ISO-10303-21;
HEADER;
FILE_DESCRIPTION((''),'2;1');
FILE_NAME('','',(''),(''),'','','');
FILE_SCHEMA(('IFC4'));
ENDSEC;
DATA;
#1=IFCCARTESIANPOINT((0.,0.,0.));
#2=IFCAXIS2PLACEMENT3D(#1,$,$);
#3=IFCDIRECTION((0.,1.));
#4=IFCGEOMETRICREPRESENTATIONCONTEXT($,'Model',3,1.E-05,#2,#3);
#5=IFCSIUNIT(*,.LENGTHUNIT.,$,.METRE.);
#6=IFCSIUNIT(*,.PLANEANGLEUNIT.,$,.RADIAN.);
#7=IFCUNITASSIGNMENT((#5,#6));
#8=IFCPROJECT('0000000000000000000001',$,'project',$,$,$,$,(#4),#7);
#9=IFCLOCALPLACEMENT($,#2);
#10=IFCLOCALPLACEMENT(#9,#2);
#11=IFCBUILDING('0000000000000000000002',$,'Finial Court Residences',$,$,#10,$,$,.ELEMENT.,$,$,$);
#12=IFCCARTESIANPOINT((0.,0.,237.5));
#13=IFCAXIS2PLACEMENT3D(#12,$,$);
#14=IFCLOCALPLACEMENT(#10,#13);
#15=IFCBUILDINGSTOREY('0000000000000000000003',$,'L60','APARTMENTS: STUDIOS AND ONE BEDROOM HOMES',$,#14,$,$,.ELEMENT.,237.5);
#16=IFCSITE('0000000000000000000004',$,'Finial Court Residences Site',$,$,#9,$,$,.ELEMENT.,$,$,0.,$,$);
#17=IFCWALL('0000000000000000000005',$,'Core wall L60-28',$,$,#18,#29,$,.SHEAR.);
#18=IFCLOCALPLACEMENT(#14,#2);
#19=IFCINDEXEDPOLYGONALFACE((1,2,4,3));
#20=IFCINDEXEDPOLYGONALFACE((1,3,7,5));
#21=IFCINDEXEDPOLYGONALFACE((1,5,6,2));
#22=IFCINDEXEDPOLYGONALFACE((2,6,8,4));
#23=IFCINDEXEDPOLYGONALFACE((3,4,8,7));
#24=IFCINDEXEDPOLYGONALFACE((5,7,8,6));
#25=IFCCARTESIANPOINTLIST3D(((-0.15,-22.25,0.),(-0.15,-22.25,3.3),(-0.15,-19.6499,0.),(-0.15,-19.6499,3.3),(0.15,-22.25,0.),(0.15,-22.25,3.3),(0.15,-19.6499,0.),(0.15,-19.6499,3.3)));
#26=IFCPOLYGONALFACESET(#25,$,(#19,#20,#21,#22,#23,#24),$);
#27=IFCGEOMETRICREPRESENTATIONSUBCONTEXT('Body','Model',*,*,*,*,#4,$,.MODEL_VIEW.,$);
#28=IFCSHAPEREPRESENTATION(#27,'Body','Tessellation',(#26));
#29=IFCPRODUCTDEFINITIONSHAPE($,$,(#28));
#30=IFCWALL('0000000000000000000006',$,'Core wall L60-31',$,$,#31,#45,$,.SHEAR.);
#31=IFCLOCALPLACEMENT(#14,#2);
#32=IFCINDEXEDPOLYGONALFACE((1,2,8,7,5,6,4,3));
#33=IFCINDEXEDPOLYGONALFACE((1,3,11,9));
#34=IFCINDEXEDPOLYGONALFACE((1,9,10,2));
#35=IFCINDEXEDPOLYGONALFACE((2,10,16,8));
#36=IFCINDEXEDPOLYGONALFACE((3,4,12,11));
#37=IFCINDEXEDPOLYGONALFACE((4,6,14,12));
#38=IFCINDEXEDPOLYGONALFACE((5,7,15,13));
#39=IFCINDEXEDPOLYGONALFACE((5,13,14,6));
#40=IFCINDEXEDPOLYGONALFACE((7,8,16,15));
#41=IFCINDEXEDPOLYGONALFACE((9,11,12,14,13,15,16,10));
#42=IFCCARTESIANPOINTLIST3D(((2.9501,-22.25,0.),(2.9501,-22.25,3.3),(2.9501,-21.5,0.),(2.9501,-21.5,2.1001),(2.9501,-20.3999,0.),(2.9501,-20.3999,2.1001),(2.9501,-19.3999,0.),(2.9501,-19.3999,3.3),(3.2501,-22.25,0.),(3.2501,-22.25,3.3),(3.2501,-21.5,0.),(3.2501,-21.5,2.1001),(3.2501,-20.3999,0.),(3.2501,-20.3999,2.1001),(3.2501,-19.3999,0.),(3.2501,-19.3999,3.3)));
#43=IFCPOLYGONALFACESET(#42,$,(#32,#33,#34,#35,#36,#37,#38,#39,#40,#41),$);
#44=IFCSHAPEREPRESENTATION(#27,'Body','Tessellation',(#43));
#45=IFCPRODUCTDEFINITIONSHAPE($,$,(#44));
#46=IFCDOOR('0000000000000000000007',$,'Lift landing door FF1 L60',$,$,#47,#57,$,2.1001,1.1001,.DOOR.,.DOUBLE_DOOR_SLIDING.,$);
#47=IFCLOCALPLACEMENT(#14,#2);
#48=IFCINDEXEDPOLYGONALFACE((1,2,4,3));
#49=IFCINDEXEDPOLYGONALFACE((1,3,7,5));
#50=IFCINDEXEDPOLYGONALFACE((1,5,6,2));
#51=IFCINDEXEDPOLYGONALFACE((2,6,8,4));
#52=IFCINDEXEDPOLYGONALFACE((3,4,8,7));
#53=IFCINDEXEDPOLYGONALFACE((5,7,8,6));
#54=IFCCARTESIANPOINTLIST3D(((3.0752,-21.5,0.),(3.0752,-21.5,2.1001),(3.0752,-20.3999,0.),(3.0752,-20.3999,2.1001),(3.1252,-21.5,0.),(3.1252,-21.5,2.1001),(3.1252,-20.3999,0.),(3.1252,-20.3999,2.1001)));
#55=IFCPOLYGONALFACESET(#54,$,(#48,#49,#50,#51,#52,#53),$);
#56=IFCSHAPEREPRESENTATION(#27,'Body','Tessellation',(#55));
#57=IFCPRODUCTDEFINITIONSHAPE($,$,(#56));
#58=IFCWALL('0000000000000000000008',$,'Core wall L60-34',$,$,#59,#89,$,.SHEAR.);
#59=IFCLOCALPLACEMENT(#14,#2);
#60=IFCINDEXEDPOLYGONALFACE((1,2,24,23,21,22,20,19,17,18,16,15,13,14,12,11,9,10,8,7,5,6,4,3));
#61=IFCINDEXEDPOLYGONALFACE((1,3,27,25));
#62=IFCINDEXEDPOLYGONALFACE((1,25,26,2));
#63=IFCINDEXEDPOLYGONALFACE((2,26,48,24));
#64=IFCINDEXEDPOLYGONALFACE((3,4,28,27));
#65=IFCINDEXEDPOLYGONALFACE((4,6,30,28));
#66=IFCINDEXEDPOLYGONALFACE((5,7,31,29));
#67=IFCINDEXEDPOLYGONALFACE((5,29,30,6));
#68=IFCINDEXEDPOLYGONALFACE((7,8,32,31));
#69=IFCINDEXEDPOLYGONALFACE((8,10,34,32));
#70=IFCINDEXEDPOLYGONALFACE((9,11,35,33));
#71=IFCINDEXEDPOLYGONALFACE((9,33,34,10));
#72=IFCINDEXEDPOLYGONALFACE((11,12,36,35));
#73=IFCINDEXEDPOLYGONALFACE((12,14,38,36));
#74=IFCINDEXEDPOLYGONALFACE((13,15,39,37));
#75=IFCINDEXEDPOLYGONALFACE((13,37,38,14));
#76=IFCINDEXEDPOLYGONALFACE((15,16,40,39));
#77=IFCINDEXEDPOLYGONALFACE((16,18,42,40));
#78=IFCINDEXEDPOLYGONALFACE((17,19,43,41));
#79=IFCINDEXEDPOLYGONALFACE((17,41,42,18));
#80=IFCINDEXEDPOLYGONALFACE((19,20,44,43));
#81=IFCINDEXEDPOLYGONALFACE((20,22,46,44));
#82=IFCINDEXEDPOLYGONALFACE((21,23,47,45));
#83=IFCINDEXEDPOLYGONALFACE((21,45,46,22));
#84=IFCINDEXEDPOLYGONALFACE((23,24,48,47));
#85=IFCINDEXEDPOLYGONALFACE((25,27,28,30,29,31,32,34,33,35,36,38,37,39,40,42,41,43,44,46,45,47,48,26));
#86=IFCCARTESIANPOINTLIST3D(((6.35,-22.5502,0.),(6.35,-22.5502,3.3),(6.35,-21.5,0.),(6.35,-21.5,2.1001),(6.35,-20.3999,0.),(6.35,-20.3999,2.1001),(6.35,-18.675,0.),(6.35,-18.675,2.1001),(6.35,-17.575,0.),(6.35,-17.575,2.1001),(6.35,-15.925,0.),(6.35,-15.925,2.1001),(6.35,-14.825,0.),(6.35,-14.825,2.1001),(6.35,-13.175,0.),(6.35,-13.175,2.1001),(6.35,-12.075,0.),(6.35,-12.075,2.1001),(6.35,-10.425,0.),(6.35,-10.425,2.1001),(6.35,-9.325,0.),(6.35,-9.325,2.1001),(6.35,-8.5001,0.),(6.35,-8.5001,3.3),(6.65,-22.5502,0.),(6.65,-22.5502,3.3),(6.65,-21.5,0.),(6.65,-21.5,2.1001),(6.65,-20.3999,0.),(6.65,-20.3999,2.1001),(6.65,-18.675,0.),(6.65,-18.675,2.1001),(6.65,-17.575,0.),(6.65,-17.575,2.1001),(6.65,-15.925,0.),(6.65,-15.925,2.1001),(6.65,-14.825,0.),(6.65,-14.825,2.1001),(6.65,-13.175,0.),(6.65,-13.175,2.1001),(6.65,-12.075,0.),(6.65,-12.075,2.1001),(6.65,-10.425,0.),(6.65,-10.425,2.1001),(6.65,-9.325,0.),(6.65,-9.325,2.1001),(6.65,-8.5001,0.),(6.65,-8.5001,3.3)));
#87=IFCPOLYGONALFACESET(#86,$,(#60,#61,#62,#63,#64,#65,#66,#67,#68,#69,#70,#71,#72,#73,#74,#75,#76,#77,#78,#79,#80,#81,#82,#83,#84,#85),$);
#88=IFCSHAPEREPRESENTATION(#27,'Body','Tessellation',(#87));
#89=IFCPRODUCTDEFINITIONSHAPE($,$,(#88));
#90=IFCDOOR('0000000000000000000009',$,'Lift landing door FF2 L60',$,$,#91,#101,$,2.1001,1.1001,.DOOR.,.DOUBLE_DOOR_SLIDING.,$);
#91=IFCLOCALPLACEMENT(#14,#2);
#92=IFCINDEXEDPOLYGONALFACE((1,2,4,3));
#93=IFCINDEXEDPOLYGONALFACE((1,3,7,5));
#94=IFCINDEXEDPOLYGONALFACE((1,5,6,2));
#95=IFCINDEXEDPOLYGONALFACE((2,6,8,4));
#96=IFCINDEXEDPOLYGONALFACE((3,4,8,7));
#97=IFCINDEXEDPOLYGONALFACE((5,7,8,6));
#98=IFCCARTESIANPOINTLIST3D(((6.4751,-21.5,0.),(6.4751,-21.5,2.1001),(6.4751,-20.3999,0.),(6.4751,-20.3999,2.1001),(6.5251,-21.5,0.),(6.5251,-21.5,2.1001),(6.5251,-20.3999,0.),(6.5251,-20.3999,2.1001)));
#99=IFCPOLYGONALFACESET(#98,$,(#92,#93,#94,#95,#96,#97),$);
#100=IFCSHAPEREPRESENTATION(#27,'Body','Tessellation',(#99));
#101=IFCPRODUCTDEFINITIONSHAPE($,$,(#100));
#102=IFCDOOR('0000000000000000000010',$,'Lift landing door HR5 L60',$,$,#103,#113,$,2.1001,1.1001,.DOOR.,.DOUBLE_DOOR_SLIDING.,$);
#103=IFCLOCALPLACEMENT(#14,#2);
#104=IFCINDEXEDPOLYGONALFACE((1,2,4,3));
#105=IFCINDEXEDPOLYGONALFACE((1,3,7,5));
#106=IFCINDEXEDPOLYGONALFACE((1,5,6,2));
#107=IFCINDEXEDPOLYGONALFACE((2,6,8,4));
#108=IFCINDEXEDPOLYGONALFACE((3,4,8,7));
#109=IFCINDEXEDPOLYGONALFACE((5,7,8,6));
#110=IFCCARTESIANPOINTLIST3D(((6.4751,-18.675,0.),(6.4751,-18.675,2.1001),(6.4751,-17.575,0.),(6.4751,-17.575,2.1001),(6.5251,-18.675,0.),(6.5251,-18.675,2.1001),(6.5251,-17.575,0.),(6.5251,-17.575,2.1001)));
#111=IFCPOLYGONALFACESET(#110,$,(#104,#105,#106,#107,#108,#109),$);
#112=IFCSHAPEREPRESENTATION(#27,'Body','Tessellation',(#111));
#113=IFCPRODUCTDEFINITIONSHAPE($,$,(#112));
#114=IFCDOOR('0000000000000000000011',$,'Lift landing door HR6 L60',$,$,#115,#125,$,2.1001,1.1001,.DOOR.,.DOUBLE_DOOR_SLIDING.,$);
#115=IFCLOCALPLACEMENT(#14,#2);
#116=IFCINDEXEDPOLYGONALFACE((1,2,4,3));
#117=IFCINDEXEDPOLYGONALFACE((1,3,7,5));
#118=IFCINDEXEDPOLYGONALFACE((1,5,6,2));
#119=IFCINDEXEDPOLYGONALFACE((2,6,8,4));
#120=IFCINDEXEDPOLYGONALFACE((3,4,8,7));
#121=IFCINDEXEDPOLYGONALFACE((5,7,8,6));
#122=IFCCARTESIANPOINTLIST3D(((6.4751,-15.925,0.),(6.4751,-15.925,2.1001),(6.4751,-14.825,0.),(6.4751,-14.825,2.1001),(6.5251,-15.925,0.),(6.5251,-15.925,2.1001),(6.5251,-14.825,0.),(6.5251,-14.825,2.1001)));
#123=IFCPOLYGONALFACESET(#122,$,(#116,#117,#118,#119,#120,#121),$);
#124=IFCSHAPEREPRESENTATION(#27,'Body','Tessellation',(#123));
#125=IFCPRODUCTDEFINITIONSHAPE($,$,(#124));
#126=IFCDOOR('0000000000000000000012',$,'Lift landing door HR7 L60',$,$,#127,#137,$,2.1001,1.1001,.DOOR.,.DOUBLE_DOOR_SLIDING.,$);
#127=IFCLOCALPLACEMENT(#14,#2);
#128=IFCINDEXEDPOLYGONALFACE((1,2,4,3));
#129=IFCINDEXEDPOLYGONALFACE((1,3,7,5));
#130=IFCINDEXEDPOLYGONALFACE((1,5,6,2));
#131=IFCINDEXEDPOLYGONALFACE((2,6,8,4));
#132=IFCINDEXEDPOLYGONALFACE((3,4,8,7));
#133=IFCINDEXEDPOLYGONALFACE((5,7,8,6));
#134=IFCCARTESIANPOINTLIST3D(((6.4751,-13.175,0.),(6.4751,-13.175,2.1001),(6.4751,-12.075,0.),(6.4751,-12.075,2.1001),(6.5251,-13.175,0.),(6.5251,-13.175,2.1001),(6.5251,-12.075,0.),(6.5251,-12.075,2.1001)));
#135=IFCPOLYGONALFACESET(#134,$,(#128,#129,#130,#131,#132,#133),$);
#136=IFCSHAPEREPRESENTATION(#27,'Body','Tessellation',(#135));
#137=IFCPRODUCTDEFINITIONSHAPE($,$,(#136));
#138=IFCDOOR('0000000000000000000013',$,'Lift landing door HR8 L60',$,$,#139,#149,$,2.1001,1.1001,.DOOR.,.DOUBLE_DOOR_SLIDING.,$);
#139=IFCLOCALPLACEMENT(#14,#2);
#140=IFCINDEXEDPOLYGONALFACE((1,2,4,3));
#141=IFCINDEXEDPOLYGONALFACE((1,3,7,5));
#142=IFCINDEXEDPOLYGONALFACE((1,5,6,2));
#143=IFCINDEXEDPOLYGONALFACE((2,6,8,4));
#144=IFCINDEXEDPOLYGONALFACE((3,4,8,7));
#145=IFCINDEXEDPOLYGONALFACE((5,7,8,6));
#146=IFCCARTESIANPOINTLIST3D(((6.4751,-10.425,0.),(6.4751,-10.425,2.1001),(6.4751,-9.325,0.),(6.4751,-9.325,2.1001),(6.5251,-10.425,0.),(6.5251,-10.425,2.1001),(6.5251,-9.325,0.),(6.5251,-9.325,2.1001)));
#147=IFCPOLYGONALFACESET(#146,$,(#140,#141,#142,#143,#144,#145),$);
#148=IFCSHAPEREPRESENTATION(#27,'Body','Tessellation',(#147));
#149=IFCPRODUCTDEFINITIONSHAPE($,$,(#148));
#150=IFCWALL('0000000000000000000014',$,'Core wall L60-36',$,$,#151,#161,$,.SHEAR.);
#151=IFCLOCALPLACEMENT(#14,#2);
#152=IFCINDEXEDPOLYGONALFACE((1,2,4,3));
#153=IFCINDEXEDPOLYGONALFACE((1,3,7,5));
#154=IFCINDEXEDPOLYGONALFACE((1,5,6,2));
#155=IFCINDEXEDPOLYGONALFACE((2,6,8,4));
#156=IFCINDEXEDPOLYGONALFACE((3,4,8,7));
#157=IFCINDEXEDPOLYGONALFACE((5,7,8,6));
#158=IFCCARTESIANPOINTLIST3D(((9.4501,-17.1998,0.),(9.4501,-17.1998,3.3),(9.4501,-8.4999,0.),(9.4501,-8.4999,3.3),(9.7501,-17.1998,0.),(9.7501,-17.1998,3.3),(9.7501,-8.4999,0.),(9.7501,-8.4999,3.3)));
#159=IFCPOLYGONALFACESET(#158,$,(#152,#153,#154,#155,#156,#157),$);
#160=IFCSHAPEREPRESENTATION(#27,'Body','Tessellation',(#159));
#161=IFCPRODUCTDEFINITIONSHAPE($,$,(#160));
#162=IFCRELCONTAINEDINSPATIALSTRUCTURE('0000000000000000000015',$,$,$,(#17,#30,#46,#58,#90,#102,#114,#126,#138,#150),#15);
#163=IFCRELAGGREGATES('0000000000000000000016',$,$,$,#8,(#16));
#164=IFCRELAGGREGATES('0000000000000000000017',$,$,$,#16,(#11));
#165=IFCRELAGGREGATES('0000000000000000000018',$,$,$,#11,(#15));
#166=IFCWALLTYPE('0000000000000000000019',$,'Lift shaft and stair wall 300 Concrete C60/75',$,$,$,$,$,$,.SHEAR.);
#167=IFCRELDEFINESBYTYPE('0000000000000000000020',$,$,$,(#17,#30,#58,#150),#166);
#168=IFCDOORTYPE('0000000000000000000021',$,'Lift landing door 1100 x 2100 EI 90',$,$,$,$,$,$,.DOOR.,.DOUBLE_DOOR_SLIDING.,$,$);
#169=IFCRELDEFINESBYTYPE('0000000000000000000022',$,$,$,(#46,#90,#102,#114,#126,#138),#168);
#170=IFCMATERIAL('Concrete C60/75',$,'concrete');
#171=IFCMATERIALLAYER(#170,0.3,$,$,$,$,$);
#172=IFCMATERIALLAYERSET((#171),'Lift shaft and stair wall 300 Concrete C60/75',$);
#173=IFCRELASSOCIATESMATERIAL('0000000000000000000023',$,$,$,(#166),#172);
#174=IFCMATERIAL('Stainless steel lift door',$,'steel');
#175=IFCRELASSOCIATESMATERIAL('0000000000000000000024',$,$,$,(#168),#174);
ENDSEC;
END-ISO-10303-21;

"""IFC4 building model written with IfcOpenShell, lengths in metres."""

from ifc_helpers import new_model, si_unit, direction, frame, frame_2d, origin, place, context, subcontext, project, spatial, rectangle, extrude, material, layer, layer_set, type_object, element, fill, save


model = new_model("IFC4")

# Units and contexts
model_context = context("Model", 3, precision=1e-05, world=origin(), true_north=direction((0.0, 1.0)))
body_context = subcontext(model_context, "Body", "Model", "MODEL_VIEW")
ifc_project = project(units=[si_unit("LENGTHUNIT", "METRE"), si_unit("PLANEANGLEUNIT", "RADIAN")], contexts=[model_context])

# Site, building, storey
site_placement = place(None, origin())
site = spatial("IfcSite", under=ifc_project, at=site_placement, Name="Finial Court Residences Site", CompositionType="ELEMENT", RefElevation=0.0)
building_placement = place(site_placement, origin())
building = spatial("IfcBuilding", under=site, at=building_placement, Name="Finial Court Residences", CompositionType="ELEMENT")
storey_placement = place(building_placement, frame((0.0, 0.0, 237.5)))
storey = spatial("IfcBuildingStorey", under=building, at=storey_placement, Name="L60", Description="APARTMENTS: STUDIOS AND ONE BEDROOM HOMES", CompositionType="ELEMENT", Elevation=237.5)

# Wall
ifc_material_1 = material(Name="Concrete C60/75", Category="concrete")
ifc_layer_1 = layer(ifc_material_1, 0.3)
ifc_layer_set_1 = layer_set([ifc_layer_1], Name="Lift shaft and stair wall 300 Concrete C60/75")
wall_type_1 = type_object("IfcWallType", Name="Lift shaft and stair wall 300 Concrete C60/75", PredefinedType="SHEAR", material=ifc_layer_set_1)
wall_1_placement = place(storey_placement, frame((0.0, -22.25, 0.0), z_axis=(0.0, 0.0, 1.0), x_axis=(0.0, 1.0, 0.0)))
element("IfcWall", 1, at=wall_1_placement, inside=storey, type_object=wall_type_1, Name="Core wall L60-28", PredefinedType="SHEAR", context=body_context, shape_type="SweptSolid", body=[
    extrude(rectangle(XDim=2.6001, YDim=0.3, at=frame_2d((1.3, 0.0))), origin(), (0.0, 0.0, 1.0), 3.3),
])

# Wall, opening, door
wall_2_placement = place(storey_placement, frame((3.1001, -22.25, 0.0), z_axis=(0.0, 0.0, 1.0), x_axis=(0.0, 1.0, 0.0)))
wall_2 = element("IfcWall", 2, at=wall_2_placement, inside=storey, type_object=wall_type_1, Name="Core wall L60-31", PredefinedType="SHEAR", context=body_context, shape_type="SweptSolid", body=[
    extrude(rectangle(XDim=2.8501, YDim=0.3, at=frame_2d((1.425, 0.0))), origin(), (0.0, 0.0, 1.0), 3.3),
])
opening_1_placement = place(wall_2_placement, frame((0.75, 0.0, 0.0)))
opening_1 = element("IfcOpeningElement", 3, at=opening_1_placement, cuts=wall_2, PredefinedType="OPENING", context=body_context, shape_type="SweptSolid", body=[
    extrude(rectangle(XDim=1.1001, YDim=2.1001, at=frame_2d((0.55, 1.05))), frame((0.0, 0.1599, 0.0), z_axis=(0.0, -1.0, 0.0), x_axis=(1.0, 0.0, 0.0)), (0.0, 0.0, 1.0), 0.3201),
])
ifc_material_2 = material(Name="Stainless steel lift door", Category="steel")
door_type_1 = type_object("IfcDoorType", Name="Lift landing door 1100 x 2100 EI 90", OperationType="DOUBLE_DOOR_SLIDING", PredefinedType="DOOR", material=ifc_material_2)
door_1_placement = place(opening_1_placement, origin())
door_1 = element("IfcDoor", 4, at=door_1_placement, inside=storey, type_object=door_type_1, Name="Lift landing door FF1 L60", OperationType="DOUBLE_DOOR_SLIDING", OverallHeight=2.1001, OverallWidth=1.1001, PredefinedType="DOOR", context=body_context, shape_type="SweptSolid", body=[
    extrude(rectangle(XDim=1.1001, YDim=2.1001, at=frame_2d((0.55, 1.05))), frame((0.0, 0.0249, 0.0), z_axis=(0.0, -1.0, 0.0), x_axis=(1.0, 0.0, 0.0)), (0.0, 0.0, 1.0), 0.05),
])
fill(opening_1, door_1)

# Wall, openings, doors
wall_3_placement = place(storey_placement, frame((6.5, -22.55, 0.0), z_axis=(0.0, 0.0, 1.0), x_axis=(0.0, 1.0, 0.0)))
wall_3 = element("IfcWall", 5, at=wall_3_placement, inside=storey, type_object=wall_type_1, Name="Core wall L60-34", PredefinedType="SHEAR", context=body_context, shape_type="SweptSolid", body=[
    extrude(rectangle(XDim=14.05, YDim=0.3, at=frame_2d((7.0249, 0.0))), origin(), (0.0, 0.0, 1.0), 3.3),
])
opening_2_placement = place(wall_3_placement, frame((1.05, 0.0, 0.0)))
opening_2 = element("IfcOpeningElement", 6, at=opening_2_placement, cuts=wall_3, PredefinedType="OPENING", context=body_context, shape_type="SweptSolid", body=[
    extrude(rectangle(XDim=1.1001, YDim=2.1001, at=frame_2d((0.55, 1.05))), frame((0.0, 0.1599, 0.0), z_axis=(0.0, -1.0, 0.0), x_axis=(1.0, 0.0, 0.0)), (0.0, 0.0, 1.0), 0.3201),
])
opening_3_placement = place(wall_3_placement, frame((3.875, 0.0, 0.0)))
opening_3 = element("IfcOpeningElement", 7, at=opening_3_placement, cuts=wall_3, PredefinedType="OPENING", context=body_context, shape_type="SweptSolid", body=[
    extrude(rectangle(XDim=1.1001, YDim=2.1001, at=frame_2d((0.55, 1.05))), frame((0.0, 0.1599, 0.0), z_axis=(0.0, -1.0, 0.0), x_axis=(1.0, 0.0, 0.0)), (0.0, 0.0, 1.0), 0.3201),
])
opening_4_placement = place(wall_3_placement, frame((6.625, 0.0, 0.0)))
opening_4 = element("IfcOpeningElement", 8, at=opening_4_placement, cuts=wall_3, PredefinedType="OPENING", context=body_context, shape_type="SweptSolid", body=[
    extrude(rectangle(XDim=1.1001, YDim=2.1001, at=frame_2d((0.55, 1.05))), frame((0.0, 0.1599, 0.0), z_axis=(0.0, -1.0, 0.0), x_axis=(1.0, 0.0, 0.0)), (0.0, 0.0, 1.0), 0.3201),
])
opening_5_placement = place(wall_3_placement, frame((9.375, 0.0, 0.0)))
opening_5 = element("IfcOpeningElement", 9, at=opening_5_placement, cuts=wall_3, PredefinedType="OPENING", context=body_context, shape_type="SweptSolid", body=[
    extrude(rectangle(XDim=1.1001, YDim=2.1001, at=frame_2d((0.55, 1.05))), frame((0.0, 0.1599, 0.0), z_axis=(0.0, -1.0, 0.0), x_axis=(1.0, 0.0, 0.0)), (0.0, 0.0, 1.0), 0.3201),
])
opening_6_placement = place(wall_3_placement, frame((12.125, 0.0, 0.0)))
opening_6 = element("IfcOpeningElement", 10, at=opening_6_placement, cuts=wall_3, PredefinedType="OPENING", context=body_context, shape_type="SweptSolid", body=[
    extrude(rectangle(XDim=1.1001, YDim=2.1001, at=frame_2d((0.55, 1.05))), frame((0.0, 0.1599, 0.0), z_axis=(0.0, -1.0, 0.0), x_axis=(1.0, 0.0, 0.0)), (0.0, 0.0, 1.0), 0.3201),
])
door_2_placement = place(opening_2_placement, origin())
door_2 = element("IfcDoor", 11, at=door_2_placement, inside=storey, type_object=door_type_1, Name="Lift landing door FF2 L60", OperationType="DOUBLE_DOOR_SLIDING", OverallHeight=2.1001, OverallWidth=1.1001, PredefinedType="DOOR", context=body_context, shape_type="SweptSolid", body=[
    extrude(rectangle(XDim=1.1001, YDim=2.1001, at=frame_2d((0.55, 1.05))), frame((0.0, 0.0249, 0.0), z_axis=(0.0, -1.0, 0.0), x_axis=(1.0, 0.0, 0.0)), (0.0, 0.0, 1.0), 0.05),
])
fill(opening_2, door_2)
door_3_placement = place(opening_3_placement, origin())
door_3 = element("IfcDoor", 12, at=door_3_placement, inside=storey, type_object=door_type_1, Name="Lift landing door HR5 L60", OperationType="DOUBLE_DOOR_SLIDING", OverallHeight=2.1001, OverallWidth=1.1001, PredefinedType="DOOR", context=body_context, shape_type="SweptSolid", body=[
    extrude(rectangle(XDim=1.1001, YDim=2.1001, at=frame_2d((0.55, 1.05))), frame((0.0, 0.0249, 0.0), z_axis=(0.0, -1.0, 0.0), x_axis=(1.0, 0.0, 0.0)), (0.0, 0.0, 1.0), 0.05),
])
fill(opening_3, door_3)
door_4_placement = place(opening_4_placement, origin())
door_4 = element("IfcDoor", 13, at=door_4_placement, inside=storey, type_object=door_type_1, Name="Lift landing door HR6 L60", OperationType="DOUBLE_DOOR_SLIDING", OverallHeight=2.1001, OverallWidth=1.1001, PredefinedType="DOOR", context=body_context, shape_type="SweptSolid", body=[
    extrude(rectangle(XDim=1.1001, YDim=2.1001, at=frame_2d((0.55, 1.05))), frame((0.0, 0.0249, 0.0), z_axis=(0.0, -1.0, 0.0), x_axis=(1.0, 0.0, 0.0)), (0.0, 0.0, 1.0), 0.05),
])
fill(opening_4, door_4)
door_5_placement = place(opening_5_placement, origin())
door_5 = element("IfcDoor", 14, at=door_5_placement, inside=storey, type_object=door_type_1, Name="Lift landing door HR7 L60", OperationType="DOUBLE_DOOR_SLIDING", OverallHeight=2.1001, OverallWidth=1.1001, PredefinedType="DOOR", context=body_context, shape_type="SweptSolid", body=[
    extrude(rectangle(XDim=1.1001, YDim=2.1001, at=frame_2d((0.55, 1.05))), frame((0.0, 0.0249, 0.0), z_axis=(0.0, -1.0, 0.0), x_axis=(1.0, 0.0, 0.0)), (0.0, 0.0, 1.0), 0.05),
])
fill(opening_5, door_5)
door_6_placement = place(opening_6_placement, origin())
door_6 = element("IfcDoor", 15, at=door_6_placement, inside=storey, type_object=door_type_1, Name="Lift landing door HR8 L60", OperationType="DOUBLE_DOOR_SLIDING", OverallHeight=2.1001, OverallWidth=1.1001, PredefinedType="DOOR", context=body_context, shape_type="SweptSolid", body=[
    extrude(rectangle(XDim=1.1001, YDim=2.1001, at=frame_2d((0.55, 1.05))), frame((0.0, 0.0249, 0.0), z_axis=(0.0, -1.0, 0.0), x_axis=(1.0, 0.0, 0.0)), (0.0, 0.0, 1.0), 0.05),
])
fill(opening_6, door_6)

# Wall
wall_4_placement = place(storey_placement, frame((9.6001, -17.2, 0.0), z_axis=(0.0, 0.0, 1.0), x_axis=(0.0, 1.0, 0.0)))
element("IfcWall", 16, at=wall_4_placement, inside=storey, type_object=wall_type_1, Name="Core wall L60-36", PredefinedType="SHEAR", context=body_context, shape_type="SweptSolid", body=[
    extrude(rectangle(XDim=8.7, YDim=0.3, at=frame_2d((4.3501, 0.0))), origin(), (0.0, 0.0, 1.0), 3.3),
])

save(model, "model.ifc")
